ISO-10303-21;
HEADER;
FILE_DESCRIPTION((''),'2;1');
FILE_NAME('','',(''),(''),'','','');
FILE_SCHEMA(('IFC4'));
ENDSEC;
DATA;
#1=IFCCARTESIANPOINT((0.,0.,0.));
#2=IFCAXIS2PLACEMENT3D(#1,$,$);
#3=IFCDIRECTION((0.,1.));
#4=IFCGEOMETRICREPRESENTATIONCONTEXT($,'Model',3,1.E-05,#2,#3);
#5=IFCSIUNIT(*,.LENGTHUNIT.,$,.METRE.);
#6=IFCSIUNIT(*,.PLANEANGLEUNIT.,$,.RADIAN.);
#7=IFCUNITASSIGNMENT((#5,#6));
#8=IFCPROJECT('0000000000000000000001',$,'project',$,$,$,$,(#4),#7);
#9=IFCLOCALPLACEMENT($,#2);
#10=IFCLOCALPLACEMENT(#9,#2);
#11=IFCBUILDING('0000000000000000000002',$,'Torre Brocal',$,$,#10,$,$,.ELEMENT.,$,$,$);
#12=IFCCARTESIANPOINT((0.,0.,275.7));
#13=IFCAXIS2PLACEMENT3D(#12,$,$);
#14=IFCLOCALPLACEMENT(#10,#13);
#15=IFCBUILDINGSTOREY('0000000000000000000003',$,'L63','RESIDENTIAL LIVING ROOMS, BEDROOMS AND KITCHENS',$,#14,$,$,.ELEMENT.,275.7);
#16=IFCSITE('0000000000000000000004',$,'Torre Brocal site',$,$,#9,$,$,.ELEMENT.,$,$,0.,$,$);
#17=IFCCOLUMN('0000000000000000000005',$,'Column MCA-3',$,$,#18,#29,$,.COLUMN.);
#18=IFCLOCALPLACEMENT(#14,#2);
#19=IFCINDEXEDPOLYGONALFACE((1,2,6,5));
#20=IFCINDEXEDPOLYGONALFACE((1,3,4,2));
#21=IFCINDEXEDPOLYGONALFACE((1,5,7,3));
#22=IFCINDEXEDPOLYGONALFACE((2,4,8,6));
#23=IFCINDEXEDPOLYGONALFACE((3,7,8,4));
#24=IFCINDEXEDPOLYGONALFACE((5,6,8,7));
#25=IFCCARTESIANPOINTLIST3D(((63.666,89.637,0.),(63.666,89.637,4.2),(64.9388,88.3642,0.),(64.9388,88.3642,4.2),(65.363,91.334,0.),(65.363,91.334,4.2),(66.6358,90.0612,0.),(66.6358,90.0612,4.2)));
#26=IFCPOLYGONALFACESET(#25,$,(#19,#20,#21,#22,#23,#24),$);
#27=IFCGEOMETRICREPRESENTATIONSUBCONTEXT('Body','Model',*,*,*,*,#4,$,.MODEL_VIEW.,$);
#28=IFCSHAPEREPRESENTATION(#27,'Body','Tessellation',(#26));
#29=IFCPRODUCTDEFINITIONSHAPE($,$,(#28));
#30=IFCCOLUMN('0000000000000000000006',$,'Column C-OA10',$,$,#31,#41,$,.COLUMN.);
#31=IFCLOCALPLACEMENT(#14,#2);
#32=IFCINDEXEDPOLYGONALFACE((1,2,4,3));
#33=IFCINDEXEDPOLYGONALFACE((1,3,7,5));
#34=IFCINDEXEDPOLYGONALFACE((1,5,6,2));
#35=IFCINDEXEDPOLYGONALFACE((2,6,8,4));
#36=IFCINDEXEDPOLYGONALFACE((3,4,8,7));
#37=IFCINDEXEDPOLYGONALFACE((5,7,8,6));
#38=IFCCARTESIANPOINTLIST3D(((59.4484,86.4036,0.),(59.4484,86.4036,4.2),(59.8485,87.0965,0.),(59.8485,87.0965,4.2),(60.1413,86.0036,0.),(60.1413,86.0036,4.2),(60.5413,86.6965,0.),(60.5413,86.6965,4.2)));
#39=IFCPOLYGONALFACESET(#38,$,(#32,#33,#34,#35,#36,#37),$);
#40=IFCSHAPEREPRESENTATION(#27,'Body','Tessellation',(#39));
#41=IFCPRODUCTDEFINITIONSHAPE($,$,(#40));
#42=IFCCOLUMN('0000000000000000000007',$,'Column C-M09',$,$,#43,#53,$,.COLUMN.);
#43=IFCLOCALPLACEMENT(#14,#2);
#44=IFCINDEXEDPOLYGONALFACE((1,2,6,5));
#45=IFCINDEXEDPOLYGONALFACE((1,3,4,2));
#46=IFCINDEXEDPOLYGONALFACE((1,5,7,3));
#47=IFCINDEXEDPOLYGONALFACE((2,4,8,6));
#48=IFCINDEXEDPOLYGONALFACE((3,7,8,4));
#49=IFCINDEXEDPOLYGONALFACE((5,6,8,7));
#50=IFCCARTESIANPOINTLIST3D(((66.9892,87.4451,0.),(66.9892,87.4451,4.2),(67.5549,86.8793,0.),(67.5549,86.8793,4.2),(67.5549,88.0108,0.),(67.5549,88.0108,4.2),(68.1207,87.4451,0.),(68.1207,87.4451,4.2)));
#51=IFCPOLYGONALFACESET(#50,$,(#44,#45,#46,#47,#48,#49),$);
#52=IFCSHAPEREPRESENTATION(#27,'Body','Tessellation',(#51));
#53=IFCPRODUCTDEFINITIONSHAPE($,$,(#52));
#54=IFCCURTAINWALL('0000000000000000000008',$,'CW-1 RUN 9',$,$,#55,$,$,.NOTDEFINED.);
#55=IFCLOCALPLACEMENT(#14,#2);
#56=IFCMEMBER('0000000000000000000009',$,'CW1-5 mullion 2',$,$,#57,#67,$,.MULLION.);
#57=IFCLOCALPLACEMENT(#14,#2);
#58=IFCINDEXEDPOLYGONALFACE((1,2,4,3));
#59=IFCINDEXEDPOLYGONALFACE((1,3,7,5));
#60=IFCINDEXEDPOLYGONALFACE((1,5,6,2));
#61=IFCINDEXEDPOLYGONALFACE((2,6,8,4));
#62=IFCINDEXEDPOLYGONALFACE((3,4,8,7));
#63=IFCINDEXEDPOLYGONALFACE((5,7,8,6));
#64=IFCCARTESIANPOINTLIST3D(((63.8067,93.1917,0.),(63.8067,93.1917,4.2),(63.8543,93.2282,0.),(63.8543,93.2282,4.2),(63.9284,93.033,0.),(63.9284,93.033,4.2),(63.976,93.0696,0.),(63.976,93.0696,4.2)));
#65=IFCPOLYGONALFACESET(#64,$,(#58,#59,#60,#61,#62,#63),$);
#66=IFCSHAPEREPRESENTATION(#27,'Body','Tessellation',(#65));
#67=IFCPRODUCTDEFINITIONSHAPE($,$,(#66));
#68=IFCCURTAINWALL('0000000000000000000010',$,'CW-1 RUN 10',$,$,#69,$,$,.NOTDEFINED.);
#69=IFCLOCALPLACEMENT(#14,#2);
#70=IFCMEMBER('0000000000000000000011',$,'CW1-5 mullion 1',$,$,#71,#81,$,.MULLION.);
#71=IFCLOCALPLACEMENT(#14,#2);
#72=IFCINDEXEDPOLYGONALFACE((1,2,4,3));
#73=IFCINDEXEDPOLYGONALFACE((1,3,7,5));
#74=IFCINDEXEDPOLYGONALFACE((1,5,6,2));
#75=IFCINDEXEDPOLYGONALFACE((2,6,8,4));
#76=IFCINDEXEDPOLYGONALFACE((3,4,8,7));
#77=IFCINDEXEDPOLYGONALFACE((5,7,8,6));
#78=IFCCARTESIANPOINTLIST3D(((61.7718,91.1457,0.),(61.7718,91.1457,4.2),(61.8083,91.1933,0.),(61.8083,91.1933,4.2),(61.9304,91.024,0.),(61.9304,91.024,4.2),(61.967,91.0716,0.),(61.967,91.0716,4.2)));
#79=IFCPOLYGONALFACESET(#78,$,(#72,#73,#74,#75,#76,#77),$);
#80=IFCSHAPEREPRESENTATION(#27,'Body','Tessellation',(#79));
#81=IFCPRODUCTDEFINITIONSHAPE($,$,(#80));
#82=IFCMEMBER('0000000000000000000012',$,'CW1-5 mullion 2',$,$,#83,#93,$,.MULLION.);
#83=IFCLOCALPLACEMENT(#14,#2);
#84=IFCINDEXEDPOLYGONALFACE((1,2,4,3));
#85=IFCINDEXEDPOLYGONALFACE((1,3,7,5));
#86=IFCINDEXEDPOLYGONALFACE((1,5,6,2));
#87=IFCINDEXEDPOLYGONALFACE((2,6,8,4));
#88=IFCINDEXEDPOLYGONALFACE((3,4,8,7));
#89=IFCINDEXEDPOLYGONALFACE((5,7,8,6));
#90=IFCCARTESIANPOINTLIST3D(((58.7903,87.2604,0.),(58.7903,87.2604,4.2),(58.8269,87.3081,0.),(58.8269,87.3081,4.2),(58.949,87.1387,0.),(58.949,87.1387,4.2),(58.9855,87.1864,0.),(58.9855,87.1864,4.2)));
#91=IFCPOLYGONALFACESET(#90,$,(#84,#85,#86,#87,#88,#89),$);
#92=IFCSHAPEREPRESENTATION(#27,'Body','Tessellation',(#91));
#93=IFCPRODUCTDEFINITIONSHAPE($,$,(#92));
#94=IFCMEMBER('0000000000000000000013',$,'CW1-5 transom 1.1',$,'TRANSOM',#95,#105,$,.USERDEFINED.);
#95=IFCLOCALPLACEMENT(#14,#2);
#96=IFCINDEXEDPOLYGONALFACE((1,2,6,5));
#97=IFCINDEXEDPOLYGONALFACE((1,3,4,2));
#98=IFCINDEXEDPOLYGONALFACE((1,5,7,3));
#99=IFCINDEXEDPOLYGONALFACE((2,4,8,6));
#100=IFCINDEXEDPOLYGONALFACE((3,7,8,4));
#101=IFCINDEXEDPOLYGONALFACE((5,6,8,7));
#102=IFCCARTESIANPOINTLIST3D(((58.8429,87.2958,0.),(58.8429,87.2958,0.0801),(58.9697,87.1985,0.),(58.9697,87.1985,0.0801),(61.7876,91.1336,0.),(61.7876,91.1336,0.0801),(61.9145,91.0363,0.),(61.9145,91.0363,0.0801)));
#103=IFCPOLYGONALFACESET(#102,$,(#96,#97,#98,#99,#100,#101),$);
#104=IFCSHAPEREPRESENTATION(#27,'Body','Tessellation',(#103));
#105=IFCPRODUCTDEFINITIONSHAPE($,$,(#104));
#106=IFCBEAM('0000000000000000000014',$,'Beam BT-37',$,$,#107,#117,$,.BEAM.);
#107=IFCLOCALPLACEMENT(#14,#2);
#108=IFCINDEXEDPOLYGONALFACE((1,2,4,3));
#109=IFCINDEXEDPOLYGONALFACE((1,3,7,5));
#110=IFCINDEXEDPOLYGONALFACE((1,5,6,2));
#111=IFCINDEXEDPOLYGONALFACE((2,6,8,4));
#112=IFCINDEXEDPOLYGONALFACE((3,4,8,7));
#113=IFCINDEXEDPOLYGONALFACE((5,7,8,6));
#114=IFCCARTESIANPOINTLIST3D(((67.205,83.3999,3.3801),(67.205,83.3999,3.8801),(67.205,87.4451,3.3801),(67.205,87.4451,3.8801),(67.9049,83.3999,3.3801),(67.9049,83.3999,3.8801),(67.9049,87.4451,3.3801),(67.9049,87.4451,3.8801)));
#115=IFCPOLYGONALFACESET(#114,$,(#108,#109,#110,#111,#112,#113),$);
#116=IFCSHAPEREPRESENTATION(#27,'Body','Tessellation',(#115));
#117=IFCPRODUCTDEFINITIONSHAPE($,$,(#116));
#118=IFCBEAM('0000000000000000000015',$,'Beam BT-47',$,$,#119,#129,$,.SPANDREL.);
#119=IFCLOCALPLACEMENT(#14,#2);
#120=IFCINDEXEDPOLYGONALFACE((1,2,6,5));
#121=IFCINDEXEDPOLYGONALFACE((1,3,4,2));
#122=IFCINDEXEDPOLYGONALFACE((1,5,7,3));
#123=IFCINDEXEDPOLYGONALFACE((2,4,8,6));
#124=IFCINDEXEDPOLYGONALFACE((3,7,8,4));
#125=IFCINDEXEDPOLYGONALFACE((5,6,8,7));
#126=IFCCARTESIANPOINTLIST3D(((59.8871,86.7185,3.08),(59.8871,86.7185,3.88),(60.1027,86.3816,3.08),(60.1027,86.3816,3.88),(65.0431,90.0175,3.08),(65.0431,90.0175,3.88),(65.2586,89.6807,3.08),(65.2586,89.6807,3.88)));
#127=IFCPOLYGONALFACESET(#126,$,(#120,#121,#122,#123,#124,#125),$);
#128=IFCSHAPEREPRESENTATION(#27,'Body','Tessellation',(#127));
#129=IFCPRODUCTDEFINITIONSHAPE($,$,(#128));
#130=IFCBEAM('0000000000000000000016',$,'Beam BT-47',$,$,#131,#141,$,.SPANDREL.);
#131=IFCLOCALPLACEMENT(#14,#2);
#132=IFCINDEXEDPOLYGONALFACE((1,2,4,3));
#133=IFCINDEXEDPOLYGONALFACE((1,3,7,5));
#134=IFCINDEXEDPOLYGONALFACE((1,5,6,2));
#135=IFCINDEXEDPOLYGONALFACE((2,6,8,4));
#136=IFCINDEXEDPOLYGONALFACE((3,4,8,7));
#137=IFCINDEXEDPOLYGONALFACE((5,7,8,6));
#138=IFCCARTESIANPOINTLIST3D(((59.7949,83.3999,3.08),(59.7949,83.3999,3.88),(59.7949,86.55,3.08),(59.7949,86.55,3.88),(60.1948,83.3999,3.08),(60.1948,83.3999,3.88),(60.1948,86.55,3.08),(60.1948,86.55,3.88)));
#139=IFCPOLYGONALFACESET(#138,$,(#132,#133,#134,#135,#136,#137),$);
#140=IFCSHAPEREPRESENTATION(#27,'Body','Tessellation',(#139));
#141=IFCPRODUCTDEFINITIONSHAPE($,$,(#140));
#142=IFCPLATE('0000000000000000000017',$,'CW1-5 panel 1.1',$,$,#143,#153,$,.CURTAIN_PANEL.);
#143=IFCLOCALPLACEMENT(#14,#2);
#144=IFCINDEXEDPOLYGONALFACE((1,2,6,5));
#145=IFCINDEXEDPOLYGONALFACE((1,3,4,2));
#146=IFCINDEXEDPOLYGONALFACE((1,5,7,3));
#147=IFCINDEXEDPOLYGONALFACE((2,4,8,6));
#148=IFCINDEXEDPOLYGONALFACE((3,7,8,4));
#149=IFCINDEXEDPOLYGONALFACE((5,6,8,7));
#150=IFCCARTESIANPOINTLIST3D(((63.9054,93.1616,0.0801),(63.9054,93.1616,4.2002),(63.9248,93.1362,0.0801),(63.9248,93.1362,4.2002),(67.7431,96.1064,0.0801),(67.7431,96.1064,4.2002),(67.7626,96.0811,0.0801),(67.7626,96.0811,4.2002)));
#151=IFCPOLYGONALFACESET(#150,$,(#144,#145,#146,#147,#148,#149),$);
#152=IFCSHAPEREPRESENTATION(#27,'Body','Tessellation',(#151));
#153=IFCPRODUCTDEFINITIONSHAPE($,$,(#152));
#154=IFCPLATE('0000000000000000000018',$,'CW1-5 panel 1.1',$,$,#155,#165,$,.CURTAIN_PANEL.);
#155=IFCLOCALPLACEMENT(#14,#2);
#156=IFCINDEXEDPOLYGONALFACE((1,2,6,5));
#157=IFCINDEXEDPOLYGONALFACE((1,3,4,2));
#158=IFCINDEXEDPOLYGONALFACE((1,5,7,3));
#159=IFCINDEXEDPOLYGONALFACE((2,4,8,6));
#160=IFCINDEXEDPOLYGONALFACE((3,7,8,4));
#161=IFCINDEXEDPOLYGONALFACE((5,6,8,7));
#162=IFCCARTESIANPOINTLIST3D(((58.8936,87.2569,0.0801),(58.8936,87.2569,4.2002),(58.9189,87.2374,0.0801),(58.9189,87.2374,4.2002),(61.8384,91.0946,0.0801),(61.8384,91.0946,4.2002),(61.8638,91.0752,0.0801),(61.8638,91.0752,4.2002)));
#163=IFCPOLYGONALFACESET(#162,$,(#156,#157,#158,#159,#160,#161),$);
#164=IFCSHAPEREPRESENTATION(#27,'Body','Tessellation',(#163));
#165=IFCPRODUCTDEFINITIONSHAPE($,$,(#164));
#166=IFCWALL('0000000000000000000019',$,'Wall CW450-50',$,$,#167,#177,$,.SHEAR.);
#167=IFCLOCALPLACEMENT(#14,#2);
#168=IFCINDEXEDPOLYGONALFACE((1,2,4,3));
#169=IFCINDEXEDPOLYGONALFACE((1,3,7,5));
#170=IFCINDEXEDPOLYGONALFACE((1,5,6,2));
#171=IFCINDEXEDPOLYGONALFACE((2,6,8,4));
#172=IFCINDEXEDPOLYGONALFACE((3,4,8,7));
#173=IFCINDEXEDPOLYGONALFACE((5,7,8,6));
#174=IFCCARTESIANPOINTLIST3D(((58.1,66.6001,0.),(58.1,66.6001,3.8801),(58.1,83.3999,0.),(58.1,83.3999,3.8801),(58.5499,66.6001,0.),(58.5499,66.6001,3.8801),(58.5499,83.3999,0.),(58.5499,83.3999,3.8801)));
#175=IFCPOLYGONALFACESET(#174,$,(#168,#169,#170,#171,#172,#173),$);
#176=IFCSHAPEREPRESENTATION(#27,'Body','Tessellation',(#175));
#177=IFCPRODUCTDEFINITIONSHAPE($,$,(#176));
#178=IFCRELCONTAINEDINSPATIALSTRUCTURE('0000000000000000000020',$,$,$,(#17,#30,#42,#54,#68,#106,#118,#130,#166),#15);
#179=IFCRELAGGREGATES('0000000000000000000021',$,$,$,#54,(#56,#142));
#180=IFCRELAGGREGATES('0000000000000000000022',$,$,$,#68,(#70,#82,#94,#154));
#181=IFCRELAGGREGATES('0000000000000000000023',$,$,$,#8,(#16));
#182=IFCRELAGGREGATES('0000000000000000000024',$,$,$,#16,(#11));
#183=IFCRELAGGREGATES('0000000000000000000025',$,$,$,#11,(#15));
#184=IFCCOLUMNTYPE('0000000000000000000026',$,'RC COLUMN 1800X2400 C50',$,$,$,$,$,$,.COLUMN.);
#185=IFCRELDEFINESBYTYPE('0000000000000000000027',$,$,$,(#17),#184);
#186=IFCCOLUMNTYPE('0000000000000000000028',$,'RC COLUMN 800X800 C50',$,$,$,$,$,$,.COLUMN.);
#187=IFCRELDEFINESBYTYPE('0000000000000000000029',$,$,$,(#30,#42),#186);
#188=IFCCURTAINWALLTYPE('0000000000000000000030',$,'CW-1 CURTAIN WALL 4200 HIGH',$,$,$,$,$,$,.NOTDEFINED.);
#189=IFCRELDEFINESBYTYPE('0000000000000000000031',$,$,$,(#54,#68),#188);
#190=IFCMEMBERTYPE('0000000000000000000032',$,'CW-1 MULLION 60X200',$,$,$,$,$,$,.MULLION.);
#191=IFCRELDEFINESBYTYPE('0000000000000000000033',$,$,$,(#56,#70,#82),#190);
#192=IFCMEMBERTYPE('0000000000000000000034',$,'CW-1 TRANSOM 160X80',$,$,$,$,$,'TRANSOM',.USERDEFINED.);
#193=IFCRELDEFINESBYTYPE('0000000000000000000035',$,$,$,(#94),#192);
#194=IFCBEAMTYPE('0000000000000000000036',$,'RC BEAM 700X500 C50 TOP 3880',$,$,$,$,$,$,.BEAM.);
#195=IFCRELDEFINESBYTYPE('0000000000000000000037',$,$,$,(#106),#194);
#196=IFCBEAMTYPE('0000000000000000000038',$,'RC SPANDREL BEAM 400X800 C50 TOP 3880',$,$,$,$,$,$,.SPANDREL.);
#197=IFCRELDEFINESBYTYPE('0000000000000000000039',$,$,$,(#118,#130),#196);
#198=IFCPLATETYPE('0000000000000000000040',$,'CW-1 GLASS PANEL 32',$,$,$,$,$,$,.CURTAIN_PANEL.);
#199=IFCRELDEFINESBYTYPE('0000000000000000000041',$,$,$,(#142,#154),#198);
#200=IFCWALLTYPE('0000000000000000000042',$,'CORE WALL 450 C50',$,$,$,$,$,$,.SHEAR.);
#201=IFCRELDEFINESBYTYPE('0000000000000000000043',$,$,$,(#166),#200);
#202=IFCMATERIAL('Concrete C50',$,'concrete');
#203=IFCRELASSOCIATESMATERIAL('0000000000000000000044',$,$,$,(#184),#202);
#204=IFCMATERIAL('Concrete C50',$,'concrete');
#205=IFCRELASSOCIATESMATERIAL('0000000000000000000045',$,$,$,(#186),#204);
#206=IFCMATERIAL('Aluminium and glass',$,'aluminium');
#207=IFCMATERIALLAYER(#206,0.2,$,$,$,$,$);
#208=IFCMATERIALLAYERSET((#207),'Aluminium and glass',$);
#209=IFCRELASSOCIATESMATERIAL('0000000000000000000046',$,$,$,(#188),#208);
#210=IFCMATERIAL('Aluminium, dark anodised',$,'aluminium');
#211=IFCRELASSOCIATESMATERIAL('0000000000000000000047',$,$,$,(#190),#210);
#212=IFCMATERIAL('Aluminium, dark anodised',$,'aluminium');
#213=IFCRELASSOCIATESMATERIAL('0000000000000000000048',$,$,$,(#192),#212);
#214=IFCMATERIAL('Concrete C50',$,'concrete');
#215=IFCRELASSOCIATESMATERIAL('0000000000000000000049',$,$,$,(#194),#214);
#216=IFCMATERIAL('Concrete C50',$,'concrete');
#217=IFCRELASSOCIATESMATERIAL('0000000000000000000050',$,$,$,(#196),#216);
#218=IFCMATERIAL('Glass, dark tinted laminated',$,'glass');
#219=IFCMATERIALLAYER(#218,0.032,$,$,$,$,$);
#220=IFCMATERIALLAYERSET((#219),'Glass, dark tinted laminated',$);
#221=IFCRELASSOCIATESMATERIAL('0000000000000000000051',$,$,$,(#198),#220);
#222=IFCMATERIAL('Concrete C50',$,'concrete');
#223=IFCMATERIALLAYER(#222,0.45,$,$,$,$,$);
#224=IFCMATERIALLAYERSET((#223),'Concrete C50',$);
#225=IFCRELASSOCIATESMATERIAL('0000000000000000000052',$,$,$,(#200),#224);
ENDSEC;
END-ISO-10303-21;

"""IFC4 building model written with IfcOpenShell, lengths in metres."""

from ifc_helpers import new_model, si_unit, direction, frame, frame_2d, origin, origin_2d, place, context, subcontext, project, spatial, rectangle, extrude, material, layer, layer_set, material_profile, profile_set, type_object, element, aggregate, save


model = new_model("IFC4")

# Units and contexts
model_context = context("Model", 3, precision=1e-05, world=origin(), true_north=direction((0.0, 1.0)))
body_context = subcontext(model_context, "Body", "Model", "MODEL_VIEW")
ifc_project = project(units=[si_unit("LENGTHUNIT", "METRE"), si_unit("PLANEANGLEUNIT", "RADIAN")], contexts=[model_context])

# Site, building, storey
site_placement = place(None, origin())
site = spatial("IfcSite", under=ifc_project, at=site_placement, Name="Torre Brocal site", CompositionType="ELEMENT", RefElevation=0.0)
building_placement = place(site_placement, origin())
building = spatial("IfcBuilding", under=site, at=building_placement, Name="Torre Brocal", CompositionType="ELEMENT")
storey_placement = place(building_placement, frame((0.0, 0.0, 275.7)))
storey = spatial("IfcBuildingStorey", under=building, at=storey_placement, Name="L63", Description="RESIDENTIAL LIVING ROOMS, BEDROOMS AND KITCHENS", CompositionType="ELEMENT", Elevation=275.7)

# Columns
ifc_material_1 = material(Name="Concrete C50", Category="concrete")
ifc_material_profile_1 = material_profile(ifc_material_1, rectangle(XDim=1.8, YDim=2.3999, at=origin_2d()), Name="RC 1800X2400")
ifc_profile_set_1 = profile_set([ifc_material_profile_1], Name="Concrete C50")
column_type_1 = type_object("IfcColumnType", Name="RC COLUMN 1800X2400 C50", PredefinedType="COLUMN", material=ifc_profile_set_1)
column_placement = place(storey_placement, frame((65.1509, 89.8491, 0.0), z_axis=(0.0, 0.0, 1.0), x_axis=(-0.707107, 0.707107, 0.0)))
element("IfcColumn", 1, at=column_placement, inside=storey, type_object=column_type_1, Name="Column MCA-3", PredefinedType="COLUMN", context=body_context, shape_type="SweptSolid", body=[
    extrude(rectangle(XDim=1.8, YDim=2.3999, at=origin_2d()), origin(), (0.0, 0.0, 1.0), 4.2),
])
ifc_material_2 = material(Name="Concrete C50", Category="concrete")
ifc_material_profile_2 = material_profile(ifc_material_2, rectangle(XDim=0.8, YDim=0.8, at=origin_2d()), Name="RC 800X800")
ifc_profile_set_2 = profile_set([ifc_material_profile_2], Name="Concrete C50")
column_type_2 = type_object("IfcColumnType", Name="RC COLUMN 800X800 C50", PredefinedType="COLUMN", material=ifc_profile_set_2)
for number, where, z_axis, x_axis, name in (
    (2, (59.9949, 86.55, 0.0), (0.0, 0.0, 1.0), (-0.866025, 0.5, 0.0), "Column C-OA10"),
    (3, (67.5549, 87.4451, 0.0), (0.0, 0.0, 1.0), (-0.707107, 0.707107, 0.0), "Column C-M09"),
):
    element("IfcColumn", number, at=place(storey_placement, frame(where, z_axis=z_axis, x_axis=x_axis)), inside=storey, type_object=column_type_2, Name=name, PredefinedType="COLUMN", context=body_context, shape_type="SweptSolid", body=[
        extrude(rectangle(XDim=0.8, YDim=0.8, at=origin_2d()), origin(), (0.0, 0.0, 1.0), 4.2),
    ])

# Curtain wall, member
ifc_material_3 = material(Name="Aluminium and glass", Category="aluminium")
ifc_layer_1 = layer(ifc_material_3, 0.2)
ifc_layer_set_1 = layer_set([ifc_layer_1], Name="Aluminium and glass")
curtain_wall_type = type_object("IfcCurtainWallType", Name="CW-1 CURTAIN WALL 4200 HIGH", PredefinedType="NOTDEFINED", material=ifc_layer_set_1)
curtain_wall_1_placement = place(storey_placement, origin())
curtain_wall_1 = element("IfcCurtainWall", 4, at=curtain_wall_1_placement, inside=storey, type_object=curtain_wall_type, Name="CW-1 RUN 9", PredefinedType="NOTDEFINED")
ifc_material_4 = material(Name="Aluminium, dark anodised", Category="aluminium")
ifc_material_profile_3 = material_profile(ifc_material_4, rectangle(XDim=0.2, YDim=0.0601, at=origin_2d()), Name="CW-1 MULLION 60X200")
ifc_profile_set_3 = profile_set([ifc_material_profile_3], Name="Aluminium, dark anodised")
member_type_1 = type_object("IfcMemberType", Name="CW-1 MULLION 60X200", PredefinedType="MULLION", material=ifc_profile_set_3)
member_1_placement = place(storey_placement, frame((63.8914, 93.1306, 0.0), z_axis=(0.0, 0.0, 1.0), x_axis=(0.608761, -0.793353, 0.0)))
member_1 = element("IfcMember", 5, at=member_1_placement, type_object=member_type_1, Name="CW1-5 mullion 2", PredefinedType="MULLION", context=body_context, shape_type="SweptSolid", body=[
    extrude(rectangle(XDim=0.2, YDim=0.0601, at=origin_2d()), origin(), (0.0, 0.0, 1.0), 4.2),
])

# Curtain wall, members
curtain_wall_2_placement = place(storey_placement, origin())
curtain_wall_2 = element("IfcCurtainWall", 6, at=curtain_wall_2_placement, inside=storey, type_object=curtain_wall_type, Name="CW-1 RUN 10", PredefinedType="NOTDEFINED")
member_2_placement = place(storey_placement, frame((61.8694, 91.1086, 0.0), z_axis=(0.0, 0.0, 1.0), x_axis=(0.793353, -0.608761, 0.0)))
member_2 = element("IfcMember", 7, at=member_2_placement, type_object=member_type_1, Name="CW1-5 mullion 1", PredefinedType="MULLION", context=body_context, shape_type="SweptSolid", body=[
    extrude(rectangle(XDim=0.2, YDim=0.0601, at=origin_2d()), origin(), (0.0, 0.0, 1.0), 4.2),
])
member_3_placement = place(storey_placement, frame((58.8879, 87.2234, 0.0), z_axis=(0.0, 0.0, 1.0), x_axis=(0.793353, -0.608761, 0.0)))
member_3 = element("IfcMember", 8, at=member_3_placement, type_object=member_type_1, Name="CW1-5 mullion 2", PredefinedType="MULLION", context=body_context, shape_type="SweptSolid", body=[
    extrude(rectangle(XDim=0.2, YDim=0.0601, at=origin_2d()), origin(), (0.0, 0.0, 1.0), 4.2),
])
ifc_material_5 = material(Name="Aluminium, dark anodised", Category="aluminium")
ifc_material_profile_4 = material_profile(ifc_material_5, rectangle(XDim=0.1599, YDim=0.0801, at=origin_2d()), Name="CW-1 TRANSOM 160X80")
ifc_profile_set_4 = profile_set([ifc_material_profile_4], Name="Aluminium, dark anodised")
member_type_2 = type_object("IfcMemberType", Name="CW-1 TRANSOM 160X80", ElementType="TRANSOM", PredefinedType="USERDEFINED", material=ifc_profile_set_4)
member_4_placement = place(storey_placement, frame((61.8511, 91.085, 0.04), z_axis=(-0.608749, -0.793363, 0.0), x_axis=(0.793363, -0.608749, 0.0)))
member_4 = element("IfcMember", 9, at=member_4_placement, type_object=member_type_2, Name="CW1-5 transom 1.1", ObjectType="TRANSOM", PredefinedType="USERDEFINED", context=body_context, shape_type="SweptSolid", body=[
    extrude(rectangle(XDim=0.1599, YDim=0.0801, at=origin_2d()), origin(), (0.0, 0.0, 1.0), 4.8374),
])

# Beams
ifc_material_6 = material(Name="Concrete C50", Category="concrete")
ifc_material_profile_5 = material_profile(ifc_material_6, rectangle(XDim=0.7, YDim=0.5, at=origin_2d()), Name="RC 700X500")
ifc_profile_set_5 = profile_set([ifc_material_profile_5], Name="Concrete C50")
beam_type_1 = type_object("IfcBeamType", Name="RC BEAM 700X500 C50 TOP 3880", PredefinedType="BEAM", material=ifc_profile_set_5)
beam_1_placement = place(storey_placement, frame((67.5549, 87.4451, 3.6301), z_axis=(0.0, -1.0, 0.0), x_axis=(1.0, 0.0, 0.0)))
element("IfcBeam", 10, at=beam_1_placement, inside=storey, type_object=beam_type_1, Name="Beam BT-37", PredefinedType="BEAM", context=body_context, shape_type="SweptSolid", body=[
    extrude(rectangle(XDim=0.7, YDim=0.5, at=origin_2d()), origin(), (0.0, 0.0, 1.0), 4.0452),
])
ifc_material_7 = material(Name="Concrete C50", Category="concrete")
ifc_material_profile_6 = material_profile(ifc_material_7, rectangle(XDim=0.3999, YDim=0.8, at=origin_2d()), Name="RC 400X800")
ifc_profile_set_6 = profile_set([ifc_material_profile_6], Name="Concrete C50")
beam_type_2 = type_object("IfcBeamType", Name="RC SPANDREL BEAM 400X800 C50 TOP 3880", PredefinedType="SPANDREL", material=ifc_profile_set_6)
beam_2_placement = place(storey_placement, frame((65.1509, 89.8491, 3.48), z_axis=(-0.842329, -0.538964, 0.0), x_axis=(0.538964, -0.842329, 0.0)))
element("IfcBeam", 11, at=beam_2_placement, inside=storey, type_object=beam_type_2, Name="Beam BT-47", PredefinedType="SPANDREL", context=body_context, shape_type="SweptSolid", body=[
    extrude(rectangle(XDim=0.3999, YDim=0.8, at=origin_2d()), origin(), (0.0, 0.0, 1.0), 6.1211),
])
beam_3_placement = place(storey_placement, frame((59.9949, 86.55, 3.48), z_axis=(0.0, -1.0, 0.0), x_axis=(1.0, 0.0, 0.0)))
element("IfcBeam", 12, at=beam_3_placement, inside=storey, type_object=beam_type_2, Name="Beam BT-47", PredefinedType="SPANDREL", context=body_context, shape_type="SweptSolid", body=[
    extrude(rectangle(XDim=0.3999, YDim=0.8, at=origin_2d()), origin(), (0.0, 0.0, 1.0), 3.1501),
])

# Plates
ifc_material_8 = material(Name="Glass, dark tinted laminated", Category="glass")
ifc_layer_2 = layer(ifc_material_8, 0.032)
ifc_layer_set_2 = layer_set([ifc_layer_2], Name="Glass, dark tinted laminated")
plate_type = type_object("IfcPlateType", Name="CW-1 GLASS PANEL 32", PredefinedType="CURTAIN_PANEL", material=ifc_layer_set_2)
plate_1_placement = place(storey_placement, frame((65.834, 94.6213, 0.0801), z_axis=(0.0, 0.0, 1.0), x_axis=(-0.793353, -0.608761, 0.0)))
plate_1 = element("IfcPlate", 13, at=plate_1_placement, type_object=plate_type, Name="CW1-5 panel 1.1", PredefinedType="CURTAIN_PANEL", context=body_context, shape_type="SweptSolid", body=[
    extrude(rectangle(XDim=4.8374, YDim=0.032, at=origin_2d()), origin(), (0.0, 0.0, 1.0), 4.1201),
])
aggregate(curtain_wall_1, [member_1, plate_1])
plate_2_placement = place(storey_placement, frame((60.3787, 89.166, 0.0801), z_axis=(0.0, 0.0, 1.0), x_axis=(-0.608761, -0.793353, 0.0)))
plate_2 = element("IfcPlate", 14, at=plate_2_placement, type_object=plate_type, Name="CW1-5 panel 1.1", PredefinedType="CURTAIN_PANEL", context=body_context, shape_type="SweptSolid", body=[
    extrude(rectangle(XDim=4.8374, YDim=0.032, at=origin_2d()), origin(), (0.0, 0.0, 1.0), 4.1201),
])
aggregate(curtain_wall_2, [member_2, member_3, member_4, plate_2])

# Wall
ifc_material_9 = material(Name="Concrete C50", Category="concrete")
ifc_layer_3 = layer(ifc_material_9, 0.45)
ifc_layer_set_3 = layer_set([ifc_layer_3], Name="Concrete C50")
wall_type_1 = type_object("IfcWallType", Name="CORE WALL 450 C50", PredefinedType="SHEAR", material=ifc_layer_set_3)
wall_1_placement = place(storey_placement, frame((58.325, 83.3999, 0.0), z_axis=(0.0, 0.0, 1.0), x_axis=(0.0, -1.0, 0.0)))
element("IfcWall", 15, at=wall_1_placement, inside=storey, type_object=wall_type_1, Name="Wall CW450-50", PredefinedType="SHEAR", context=body_context, shape_type="SweptSolid", body=[
    extrude(rectangle(XDim=16.7998, YDim=0.45, at=frame_2d((8.3999, 0.0))), origin(), (0.0, 0.0, 1.0), 3.8801),
])

save(model, "model.ifc")
